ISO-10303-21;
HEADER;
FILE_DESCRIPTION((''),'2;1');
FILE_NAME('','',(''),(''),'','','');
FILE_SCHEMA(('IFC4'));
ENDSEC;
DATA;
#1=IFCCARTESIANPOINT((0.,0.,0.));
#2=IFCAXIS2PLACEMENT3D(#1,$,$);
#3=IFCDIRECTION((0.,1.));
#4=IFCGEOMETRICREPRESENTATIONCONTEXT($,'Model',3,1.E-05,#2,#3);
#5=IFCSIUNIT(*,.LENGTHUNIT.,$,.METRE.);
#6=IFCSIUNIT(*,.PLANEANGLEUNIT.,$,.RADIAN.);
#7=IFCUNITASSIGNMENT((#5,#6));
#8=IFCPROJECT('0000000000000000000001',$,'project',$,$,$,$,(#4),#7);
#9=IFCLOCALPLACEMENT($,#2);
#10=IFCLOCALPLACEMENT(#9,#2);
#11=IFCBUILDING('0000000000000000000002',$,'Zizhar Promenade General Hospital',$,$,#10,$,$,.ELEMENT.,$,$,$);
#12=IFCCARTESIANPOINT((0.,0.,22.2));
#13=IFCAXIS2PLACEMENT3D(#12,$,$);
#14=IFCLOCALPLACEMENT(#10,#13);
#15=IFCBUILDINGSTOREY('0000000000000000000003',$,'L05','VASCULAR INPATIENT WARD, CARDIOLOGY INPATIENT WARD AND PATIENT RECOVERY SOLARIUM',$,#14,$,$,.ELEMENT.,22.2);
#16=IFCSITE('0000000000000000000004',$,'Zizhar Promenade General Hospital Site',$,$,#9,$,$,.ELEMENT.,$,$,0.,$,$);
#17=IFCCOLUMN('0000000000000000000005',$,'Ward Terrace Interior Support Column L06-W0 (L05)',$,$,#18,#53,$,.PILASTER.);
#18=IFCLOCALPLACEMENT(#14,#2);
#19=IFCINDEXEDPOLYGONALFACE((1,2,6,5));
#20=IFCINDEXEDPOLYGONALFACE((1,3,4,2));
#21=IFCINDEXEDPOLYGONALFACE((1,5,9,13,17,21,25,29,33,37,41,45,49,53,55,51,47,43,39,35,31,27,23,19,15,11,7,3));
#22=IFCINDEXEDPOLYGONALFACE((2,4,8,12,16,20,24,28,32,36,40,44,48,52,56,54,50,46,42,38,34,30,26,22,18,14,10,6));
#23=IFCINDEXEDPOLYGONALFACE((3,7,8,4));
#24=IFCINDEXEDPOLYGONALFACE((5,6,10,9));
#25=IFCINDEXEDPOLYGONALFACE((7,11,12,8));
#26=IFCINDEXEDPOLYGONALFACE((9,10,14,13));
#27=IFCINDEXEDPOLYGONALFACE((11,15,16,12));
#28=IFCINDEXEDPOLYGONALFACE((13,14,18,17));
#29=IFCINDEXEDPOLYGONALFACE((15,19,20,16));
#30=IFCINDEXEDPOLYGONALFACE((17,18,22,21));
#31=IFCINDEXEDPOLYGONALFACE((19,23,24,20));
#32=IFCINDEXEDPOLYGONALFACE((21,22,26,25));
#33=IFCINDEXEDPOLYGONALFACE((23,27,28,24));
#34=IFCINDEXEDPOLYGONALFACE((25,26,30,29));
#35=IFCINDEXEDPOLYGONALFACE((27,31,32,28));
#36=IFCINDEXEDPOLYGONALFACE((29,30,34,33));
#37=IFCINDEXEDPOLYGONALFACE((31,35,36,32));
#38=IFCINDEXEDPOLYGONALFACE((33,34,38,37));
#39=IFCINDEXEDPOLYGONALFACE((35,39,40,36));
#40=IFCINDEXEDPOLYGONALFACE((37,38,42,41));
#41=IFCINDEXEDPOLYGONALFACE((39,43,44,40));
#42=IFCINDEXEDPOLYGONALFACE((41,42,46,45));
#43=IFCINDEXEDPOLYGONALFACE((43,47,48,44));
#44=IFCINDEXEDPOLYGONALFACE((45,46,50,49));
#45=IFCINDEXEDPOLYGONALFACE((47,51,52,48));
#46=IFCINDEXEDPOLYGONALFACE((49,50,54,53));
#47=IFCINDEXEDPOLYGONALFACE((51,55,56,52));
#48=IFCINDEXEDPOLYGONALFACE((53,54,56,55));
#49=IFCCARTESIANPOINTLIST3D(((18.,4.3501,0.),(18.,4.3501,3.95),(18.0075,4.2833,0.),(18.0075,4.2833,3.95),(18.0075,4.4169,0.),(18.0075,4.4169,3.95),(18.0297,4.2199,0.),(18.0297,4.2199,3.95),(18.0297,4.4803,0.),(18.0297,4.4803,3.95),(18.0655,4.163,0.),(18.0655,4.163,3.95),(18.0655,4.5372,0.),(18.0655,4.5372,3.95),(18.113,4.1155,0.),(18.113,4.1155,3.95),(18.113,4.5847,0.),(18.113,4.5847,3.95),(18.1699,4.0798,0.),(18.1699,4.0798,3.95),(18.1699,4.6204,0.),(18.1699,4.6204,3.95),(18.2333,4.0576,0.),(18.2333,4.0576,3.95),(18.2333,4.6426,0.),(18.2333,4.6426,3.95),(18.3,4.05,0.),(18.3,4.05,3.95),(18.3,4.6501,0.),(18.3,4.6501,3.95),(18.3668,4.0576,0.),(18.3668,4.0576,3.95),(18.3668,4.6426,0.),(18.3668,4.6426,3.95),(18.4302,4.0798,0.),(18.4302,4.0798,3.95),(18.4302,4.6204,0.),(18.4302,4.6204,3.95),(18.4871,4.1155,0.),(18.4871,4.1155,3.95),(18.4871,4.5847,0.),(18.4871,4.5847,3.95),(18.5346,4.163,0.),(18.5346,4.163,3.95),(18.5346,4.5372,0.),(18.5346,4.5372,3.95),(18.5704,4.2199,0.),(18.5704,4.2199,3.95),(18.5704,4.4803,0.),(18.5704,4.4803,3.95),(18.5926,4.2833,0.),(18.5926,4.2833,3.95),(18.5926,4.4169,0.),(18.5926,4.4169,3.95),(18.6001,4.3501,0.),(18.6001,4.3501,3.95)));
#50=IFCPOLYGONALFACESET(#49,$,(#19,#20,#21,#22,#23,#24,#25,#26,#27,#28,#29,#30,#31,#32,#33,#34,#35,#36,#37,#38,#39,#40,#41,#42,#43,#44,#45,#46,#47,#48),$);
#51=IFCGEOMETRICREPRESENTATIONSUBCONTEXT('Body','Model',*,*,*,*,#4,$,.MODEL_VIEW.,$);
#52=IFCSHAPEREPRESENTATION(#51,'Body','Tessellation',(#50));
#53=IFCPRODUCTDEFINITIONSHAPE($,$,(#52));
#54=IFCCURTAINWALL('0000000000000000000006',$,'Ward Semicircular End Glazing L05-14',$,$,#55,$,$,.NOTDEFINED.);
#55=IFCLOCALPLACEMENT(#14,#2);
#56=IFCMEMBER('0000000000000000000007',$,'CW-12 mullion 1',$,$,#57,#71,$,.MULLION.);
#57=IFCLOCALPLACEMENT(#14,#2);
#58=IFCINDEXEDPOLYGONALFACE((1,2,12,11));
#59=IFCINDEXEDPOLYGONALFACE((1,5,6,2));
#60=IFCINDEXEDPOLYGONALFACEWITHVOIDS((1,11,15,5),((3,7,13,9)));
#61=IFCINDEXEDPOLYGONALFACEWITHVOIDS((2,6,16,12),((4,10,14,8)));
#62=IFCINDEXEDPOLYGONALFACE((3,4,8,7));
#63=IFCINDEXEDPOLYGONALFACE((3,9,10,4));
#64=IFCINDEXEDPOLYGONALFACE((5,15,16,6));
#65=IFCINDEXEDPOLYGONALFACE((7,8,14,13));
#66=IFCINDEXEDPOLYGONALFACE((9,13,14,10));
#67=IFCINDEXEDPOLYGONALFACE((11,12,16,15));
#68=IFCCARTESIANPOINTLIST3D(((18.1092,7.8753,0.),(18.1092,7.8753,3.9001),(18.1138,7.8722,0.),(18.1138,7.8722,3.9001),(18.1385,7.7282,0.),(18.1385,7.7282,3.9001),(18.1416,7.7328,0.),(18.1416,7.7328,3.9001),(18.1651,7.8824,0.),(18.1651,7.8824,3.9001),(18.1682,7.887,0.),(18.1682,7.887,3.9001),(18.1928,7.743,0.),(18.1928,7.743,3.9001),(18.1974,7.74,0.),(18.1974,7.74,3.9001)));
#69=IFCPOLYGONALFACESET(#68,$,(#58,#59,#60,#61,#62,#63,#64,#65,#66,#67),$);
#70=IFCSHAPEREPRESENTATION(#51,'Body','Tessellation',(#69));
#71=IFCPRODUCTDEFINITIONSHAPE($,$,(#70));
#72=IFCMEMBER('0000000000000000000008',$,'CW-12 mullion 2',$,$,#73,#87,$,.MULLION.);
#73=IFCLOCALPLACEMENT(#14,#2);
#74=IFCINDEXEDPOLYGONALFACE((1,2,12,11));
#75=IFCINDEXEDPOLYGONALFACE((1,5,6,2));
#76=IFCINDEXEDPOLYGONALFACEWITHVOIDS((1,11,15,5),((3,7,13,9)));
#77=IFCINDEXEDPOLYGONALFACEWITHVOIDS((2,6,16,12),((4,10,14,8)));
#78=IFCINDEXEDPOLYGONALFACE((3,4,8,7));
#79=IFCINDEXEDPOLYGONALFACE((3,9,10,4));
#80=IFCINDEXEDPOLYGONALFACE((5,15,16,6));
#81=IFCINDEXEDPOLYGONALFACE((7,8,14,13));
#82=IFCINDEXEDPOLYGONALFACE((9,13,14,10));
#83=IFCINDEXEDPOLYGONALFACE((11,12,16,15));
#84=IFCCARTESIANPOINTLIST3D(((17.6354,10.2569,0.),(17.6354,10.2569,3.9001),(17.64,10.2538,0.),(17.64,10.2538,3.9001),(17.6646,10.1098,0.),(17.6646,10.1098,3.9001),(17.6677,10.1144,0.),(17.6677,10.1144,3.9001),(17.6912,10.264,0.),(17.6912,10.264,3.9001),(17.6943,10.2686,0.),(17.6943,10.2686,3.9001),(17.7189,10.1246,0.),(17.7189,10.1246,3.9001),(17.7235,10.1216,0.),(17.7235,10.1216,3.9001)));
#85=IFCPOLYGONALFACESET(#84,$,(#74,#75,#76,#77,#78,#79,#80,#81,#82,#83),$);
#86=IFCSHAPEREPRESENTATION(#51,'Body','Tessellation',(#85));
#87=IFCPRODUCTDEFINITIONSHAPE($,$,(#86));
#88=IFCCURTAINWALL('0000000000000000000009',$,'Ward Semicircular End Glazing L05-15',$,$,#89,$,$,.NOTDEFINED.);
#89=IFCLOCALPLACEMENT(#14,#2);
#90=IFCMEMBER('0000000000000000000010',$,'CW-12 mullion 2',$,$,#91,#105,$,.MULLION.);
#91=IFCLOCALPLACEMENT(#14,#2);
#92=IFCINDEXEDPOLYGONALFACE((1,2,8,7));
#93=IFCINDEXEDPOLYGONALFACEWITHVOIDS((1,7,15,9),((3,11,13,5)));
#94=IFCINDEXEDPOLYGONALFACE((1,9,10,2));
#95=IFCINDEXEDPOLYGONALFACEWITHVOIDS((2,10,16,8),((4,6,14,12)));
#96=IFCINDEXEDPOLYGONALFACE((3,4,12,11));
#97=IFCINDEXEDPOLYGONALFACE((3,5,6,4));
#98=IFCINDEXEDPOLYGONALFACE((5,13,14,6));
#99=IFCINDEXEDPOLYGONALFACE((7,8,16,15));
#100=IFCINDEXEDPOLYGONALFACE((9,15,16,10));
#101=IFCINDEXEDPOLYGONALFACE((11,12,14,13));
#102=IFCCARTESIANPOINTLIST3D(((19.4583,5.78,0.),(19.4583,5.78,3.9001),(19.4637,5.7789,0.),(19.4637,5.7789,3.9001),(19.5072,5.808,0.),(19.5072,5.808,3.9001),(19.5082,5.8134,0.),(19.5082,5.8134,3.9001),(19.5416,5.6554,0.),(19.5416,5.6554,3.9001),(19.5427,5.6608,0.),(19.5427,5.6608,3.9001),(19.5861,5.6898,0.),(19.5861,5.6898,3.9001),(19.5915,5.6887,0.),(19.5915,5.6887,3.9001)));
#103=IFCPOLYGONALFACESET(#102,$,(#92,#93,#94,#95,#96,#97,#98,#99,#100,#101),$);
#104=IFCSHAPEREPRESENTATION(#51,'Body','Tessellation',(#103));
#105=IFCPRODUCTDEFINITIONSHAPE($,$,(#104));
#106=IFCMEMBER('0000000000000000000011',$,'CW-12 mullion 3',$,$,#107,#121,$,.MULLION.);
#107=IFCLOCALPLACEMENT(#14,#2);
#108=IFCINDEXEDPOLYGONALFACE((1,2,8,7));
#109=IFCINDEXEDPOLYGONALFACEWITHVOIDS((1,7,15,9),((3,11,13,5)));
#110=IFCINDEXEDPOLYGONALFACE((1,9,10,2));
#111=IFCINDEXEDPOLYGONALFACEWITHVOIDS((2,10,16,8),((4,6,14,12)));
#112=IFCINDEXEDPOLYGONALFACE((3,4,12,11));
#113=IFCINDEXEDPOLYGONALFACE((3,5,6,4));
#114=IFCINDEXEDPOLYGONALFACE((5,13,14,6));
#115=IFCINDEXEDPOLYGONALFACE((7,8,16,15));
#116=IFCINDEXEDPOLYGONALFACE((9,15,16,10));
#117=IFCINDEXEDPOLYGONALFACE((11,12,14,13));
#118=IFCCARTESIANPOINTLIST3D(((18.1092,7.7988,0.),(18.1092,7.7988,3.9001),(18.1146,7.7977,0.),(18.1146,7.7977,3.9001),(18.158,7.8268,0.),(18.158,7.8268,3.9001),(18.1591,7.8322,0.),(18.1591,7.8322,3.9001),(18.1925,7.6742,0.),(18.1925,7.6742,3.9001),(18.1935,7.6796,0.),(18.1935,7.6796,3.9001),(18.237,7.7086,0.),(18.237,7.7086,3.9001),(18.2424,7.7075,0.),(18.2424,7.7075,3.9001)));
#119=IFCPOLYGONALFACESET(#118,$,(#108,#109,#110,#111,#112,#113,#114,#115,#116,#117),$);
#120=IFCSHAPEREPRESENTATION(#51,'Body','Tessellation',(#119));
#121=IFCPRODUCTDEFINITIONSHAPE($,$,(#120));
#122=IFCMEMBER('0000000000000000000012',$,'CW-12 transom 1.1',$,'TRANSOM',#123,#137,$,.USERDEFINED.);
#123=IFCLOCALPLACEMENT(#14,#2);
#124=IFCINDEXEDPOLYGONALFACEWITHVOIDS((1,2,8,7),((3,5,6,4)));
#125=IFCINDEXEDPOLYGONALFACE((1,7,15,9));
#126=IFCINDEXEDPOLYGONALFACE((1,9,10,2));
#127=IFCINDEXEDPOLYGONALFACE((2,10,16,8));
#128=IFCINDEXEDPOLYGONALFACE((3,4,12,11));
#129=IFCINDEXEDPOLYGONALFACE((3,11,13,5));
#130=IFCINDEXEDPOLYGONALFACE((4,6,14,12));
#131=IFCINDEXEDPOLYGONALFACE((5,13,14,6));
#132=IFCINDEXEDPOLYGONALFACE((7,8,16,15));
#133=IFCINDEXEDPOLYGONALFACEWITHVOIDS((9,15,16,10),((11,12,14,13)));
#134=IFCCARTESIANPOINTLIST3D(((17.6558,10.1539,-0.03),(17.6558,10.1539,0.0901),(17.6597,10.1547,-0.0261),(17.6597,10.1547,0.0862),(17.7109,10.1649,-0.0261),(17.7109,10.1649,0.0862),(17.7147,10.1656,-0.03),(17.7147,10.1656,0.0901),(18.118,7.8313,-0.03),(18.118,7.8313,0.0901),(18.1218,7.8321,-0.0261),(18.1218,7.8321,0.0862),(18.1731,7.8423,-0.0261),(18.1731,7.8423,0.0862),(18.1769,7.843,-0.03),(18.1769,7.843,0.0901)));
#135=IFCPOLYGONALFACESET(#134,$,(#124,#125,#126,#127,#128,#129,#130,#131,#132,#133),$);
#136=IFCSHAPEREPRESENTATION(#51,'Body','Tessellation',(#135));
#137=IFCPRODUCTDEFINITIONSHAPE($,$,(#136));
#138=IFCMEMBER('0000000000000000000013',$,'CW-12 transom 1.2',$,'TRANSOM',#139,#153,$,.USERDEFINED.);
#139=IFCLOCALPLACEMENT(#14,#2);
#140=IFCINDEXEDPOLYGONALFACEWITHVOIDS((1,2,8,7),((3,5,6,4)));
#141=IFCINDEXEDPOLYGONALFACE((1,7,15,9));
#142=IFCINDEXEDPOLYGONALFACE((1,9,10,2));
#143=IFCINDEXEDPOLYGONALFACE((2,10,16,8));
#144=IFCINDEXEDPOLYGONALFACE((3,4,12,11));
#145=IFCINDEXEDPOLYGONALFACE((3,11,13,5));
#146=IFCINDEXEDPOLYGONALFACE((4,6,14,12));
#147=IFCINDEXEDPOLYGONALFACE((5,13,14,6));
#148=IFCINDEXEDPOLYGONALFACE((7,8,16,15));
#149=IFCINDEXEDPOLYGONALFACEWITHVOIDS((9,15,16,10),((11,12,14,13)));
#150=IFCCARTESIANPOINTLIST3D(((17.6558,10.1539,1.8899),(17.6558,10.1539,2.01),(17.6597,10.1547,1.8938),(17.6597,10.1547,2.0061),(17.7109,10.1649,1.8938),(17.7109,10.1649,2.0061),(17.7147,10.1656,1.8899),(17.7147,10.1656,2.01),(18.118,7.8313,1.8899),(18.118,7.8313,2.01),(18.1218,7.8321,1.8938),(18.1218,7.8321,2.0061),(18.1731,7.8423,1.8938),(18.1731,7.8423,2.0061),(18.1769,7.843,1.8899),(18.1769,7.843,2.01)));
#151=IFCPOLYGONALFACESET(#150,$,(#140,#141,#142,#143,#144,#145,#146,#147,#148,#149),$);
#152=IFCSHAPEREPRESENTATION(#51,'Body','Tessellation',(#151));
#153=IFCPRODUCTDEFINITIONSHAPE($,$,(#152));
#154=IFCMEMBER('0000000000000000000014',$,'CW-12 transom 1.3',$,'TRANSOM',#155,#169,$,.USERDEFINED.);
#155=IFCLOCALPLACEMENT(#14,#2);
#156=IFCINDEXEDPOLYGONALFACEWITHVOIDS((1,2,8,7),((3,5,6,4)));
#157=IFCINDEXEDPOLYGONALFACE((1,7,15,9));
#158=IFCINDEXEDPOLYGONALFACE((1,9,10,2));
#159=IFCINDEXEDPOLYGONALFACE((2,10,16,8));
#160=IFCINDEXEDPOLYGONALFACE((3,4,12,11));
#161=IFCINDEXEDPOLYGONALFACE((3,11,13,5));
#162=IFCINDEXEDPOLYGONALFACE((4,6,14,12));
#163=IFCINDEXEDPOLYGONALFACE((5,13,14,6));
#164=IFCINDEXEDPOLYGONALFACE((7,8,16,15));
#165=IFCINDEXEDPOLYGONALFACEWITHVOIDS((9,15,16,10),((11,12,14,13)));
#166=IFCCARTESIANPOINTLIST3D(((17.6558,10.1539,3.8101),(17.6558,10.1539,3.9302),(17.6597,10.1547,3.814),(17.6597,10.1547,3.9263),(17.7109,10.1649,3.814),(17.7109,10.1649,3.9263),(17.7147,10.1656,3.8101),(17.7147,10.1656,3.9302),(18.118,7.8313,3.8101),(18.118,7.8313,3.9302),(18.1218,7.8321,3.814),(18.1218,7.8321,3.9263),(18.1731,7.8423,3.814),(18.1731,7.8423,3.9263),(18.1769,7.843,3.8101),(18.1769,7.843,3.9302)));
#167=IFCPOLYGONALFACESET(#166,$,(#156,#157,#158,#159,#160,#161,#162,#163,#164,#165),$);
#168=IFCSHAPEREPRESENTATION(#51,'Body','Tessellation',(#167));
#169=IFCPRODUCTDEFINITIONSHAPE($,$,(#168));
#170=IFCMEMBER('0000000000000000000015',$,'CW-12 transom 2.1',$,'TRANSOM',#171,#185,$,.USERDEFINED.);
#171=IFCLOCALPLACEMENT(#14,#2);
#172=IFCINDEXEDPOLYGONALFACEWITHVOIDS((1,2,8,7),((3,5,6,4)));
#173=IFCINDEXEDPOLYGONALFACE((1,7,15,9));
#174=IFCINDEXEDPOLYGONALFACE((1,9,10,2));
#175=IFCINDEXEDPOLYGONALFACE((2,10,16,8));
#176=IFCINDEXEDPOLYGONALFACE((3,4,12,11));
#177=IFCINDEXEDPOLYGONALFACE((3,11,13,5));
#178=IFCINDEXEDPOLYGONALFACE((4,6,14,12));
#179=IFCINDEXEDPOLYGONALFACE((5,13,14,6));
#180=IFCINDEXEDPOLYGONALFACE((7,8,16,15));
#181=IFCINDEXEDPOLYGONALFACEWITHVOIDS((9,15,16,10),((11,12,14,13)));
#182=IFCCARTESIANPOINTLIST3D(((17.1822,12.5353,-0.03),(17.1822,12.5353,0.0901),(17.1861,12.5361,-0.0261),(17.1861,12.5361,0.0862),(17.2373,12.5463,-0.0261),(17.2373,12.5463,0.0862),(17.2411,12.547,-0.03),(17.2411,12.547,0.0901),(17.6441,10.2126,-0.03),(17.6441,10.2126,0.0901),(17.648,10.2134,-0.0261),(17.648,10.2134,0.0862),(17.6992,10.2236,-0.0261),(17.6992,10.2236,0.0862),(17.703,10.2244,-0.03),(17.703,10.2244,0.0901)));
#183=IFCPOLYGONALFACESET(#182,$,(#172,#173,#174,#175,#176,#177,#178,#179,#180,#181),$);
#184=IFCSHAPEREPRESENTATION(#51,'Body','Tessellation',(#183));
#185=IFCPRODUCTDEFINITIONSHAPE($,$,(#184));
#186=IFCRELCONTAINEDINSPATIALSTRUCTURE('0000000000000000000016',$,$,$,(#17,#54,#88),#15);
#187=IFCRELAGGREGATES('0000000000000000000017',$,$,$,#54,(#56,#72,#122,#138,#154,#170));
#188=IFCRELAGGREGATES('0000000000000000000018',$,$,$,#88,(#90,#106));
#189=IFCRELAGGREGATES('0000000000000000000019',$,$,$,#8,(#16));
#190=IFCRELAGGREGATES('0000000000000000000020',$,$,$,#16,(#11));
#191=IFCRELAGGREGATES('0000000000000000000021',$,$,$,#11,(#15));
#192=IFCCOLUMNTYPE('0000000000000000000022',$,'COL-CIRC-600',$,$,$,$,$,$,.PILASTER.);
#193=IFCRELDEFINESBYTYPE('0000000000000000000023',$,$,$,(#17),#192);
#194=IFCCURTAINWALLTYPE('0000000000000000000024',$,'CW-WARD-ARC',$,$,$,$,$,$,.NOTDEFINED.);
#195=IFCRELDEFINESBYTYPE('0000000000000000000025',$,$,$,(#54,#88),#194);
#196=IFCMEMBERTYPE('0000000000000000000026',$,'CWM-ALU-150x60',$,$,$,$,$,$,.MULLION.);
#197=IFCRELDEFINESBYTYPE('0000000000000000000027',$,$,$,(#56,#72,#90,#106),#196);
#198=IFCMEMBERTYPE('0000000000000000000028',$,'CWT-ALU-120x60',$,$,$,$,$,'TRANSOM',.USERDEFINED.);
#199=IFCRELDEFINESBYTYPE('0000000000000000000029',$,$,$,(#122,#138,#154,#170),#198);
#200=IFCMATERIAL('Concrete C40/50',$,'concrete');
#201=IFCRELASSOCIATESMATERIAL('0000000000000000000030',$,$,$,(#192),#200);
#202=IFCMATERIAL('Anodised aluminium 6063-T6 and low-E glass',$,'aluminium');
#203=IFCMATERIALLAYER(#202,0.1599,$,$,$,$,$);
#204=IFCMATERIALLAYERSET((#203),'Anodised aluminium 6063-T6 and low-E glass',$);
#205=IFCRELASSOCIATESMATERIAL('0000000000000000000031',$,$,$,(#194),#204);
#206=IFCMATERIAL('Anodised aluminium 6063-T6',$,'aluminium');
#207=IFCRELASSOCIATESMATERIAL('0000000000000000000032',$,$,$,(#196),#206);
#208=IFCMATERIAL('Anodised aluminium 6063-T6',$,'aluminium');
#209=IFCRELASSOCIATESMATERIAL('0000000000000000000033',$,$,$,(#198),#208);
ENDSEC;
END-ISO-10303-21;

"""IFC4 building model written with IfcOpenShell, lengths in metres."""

from ifc_helpers import new_model, si_unit, direction, frame, origin, origin_2d, place, context, subcontext, project, spatial, hollow_rectangle, circle, extrude, material, layer, layer_set, material_profile, profile_set, type_object, element, aggregate, save


model = new_model("IFC4")

# Units and contexts
model_context = context("Model", 3, precision=1e-05, world=origin(), true_north=direction((0.0, 1.0)))
body_context = subcontext(model_context, "Body", "Model", "MODEL_VIEW")
ifc_project = project(units=[si_unit("LENGTHUNIT", "METRE"), si_unit("PLANEANGLEUNIT", "RADIAN")], contexts=[model_context])

# Site, building, storey
site_placement = place(None, origin())
site = spatial("IfcSite", under=ifc_project, at=site_placement, Name="Zizhar Promenade General Hospital Site", CompositionType="ELEMENT", RefElevation=0.0)
building_placement = place(site_placement, origin())
building = spatial("IfcBuilding", under=site, at=building_placement, Name="Zizhar Promenade General Hospital", CompositionType="ELEMENT")
storey_placement = place(building_placement, frame((0.0, 0.0, 22.2)))
storey = spatial("IfcBuildingStorey", under=building, at=storey_placement, Name="L05", Description="VASCULAR INPATIENT WARD, CARDIOLOGY INPATIENT WARD AND PATIENT RECOVERY SOLARIUM", CompositionType="ELEMENT", Elevation=22.2)

# Column
ifc_material_1 = material(Name="Concrete C40/50", Category="concrete")
ifc_material_profile_1 = material_profile(ifc_material_1, circle(Radius=0.3, at=origin_2d()))
ifc_profile_set_1 = profile_set([ifc_material_profile_1], Name="Concrete C40/50")
column_type = type_object("IfcColumnType", Name="COL-CIRC-600", PredefinedType="PILASTER", material=ifc_profile_set_1)
column_placement = place(storey_placement, frame((18.3, 4.3501, 0.0), z_axis=(0.0, 0.0, 1.0), x_axis=(1.0, 0.0, 0.0)))
element("IfcColumn", 1, at=column_placement, inside=storey, type_object=column_type, Name="Ward Terrace Interior Support Column L06-W0 (L05)", PredefinedType="PILASTER", context=body_context, shape_type="SweptSolid", body=[
    extrude(circle(Radius=0.3, at=origin_2d()), origin(), (0.0, 0.0, 1.0), 3.95),
])

# Curtain walls, members
ifc_material_2 = material(Name="Anodised aluminium 6063-T6 and low-E glass", Category="aluminium")
ifc_layer_1 = layer(ifc_material_2, 0.1599)
ifc_layer_set_1 = layer_set([ifc_layer_1], Name="Anodised aluminium 6063-T6 and low-E glass")
curtain_wall_type = type_object("IfcCurtainWallType", Name="CW-WARD-ARC", PredefinedType="NOTDEFINED", material=ifc_layer_set_1)
curtain_wall_1_placement = place(storey_placement, origin())
curtain_wall_1 = element("IfcCurtainWall", 2, at=curtain_wall_1_placement, inside=storey, type_object=curtain_wall_type, Name="Ward Semicircular End Glazing L05-14", PredefinedType="NOTDEFINED")
ifc_material_3 = material(Name="Anodised aluminium 6063-T6", Category="aluminium")
ifc_material_profile_2 = material_profile(ifc_material_3, hollow_rectangle(XDim=0.0601, YDim=0.1499, WallThickness=0.0039, at=origin_2d()))
ifc_profile_set_2 = profile_set([ifc_material_profile_2], Name="Anodised aluminium 6063-T6")
member_type_1 = type_object("IfcMemberType", Name="CWM-ALU-150x60", PredefinedType="MULLION", material=ifc_profile_set_2)
member_1_placement = place(storey_placement, frame((18.1533, 7.8076, 0.0), z_axis=(0.0, 0.0, 1.0), x_axis=(-0.980786, -0.195087, 0.0)))
member_1 = element("IfcMember", 3, at=member_1_placement, type_object=member_type_1, Name="CW-12 mullion 1", PredefinedType="MULLION", context=body_context, shape_type="SweptSolid", body=[
    extrude(hollow_rectangle(XDim=0.0601, YDim=0.1499, WallThickness=0.0039, at=origin_2d()), origin(), (0.0, 0.0, 1.0), 3.9001),
])
member_2_placement = place(storey_placement, frame((17.6794, 10.1892, 0.0), z_axis=(0.0, 0.0, 1.0), x_axis=(-0.980786, -0.195087, 0.0)))
member_2 = element("IfcMember", 4, at=member_2_placement, type_object=member_type_1, Name="CW-12 mullion 2", PredefinedType="MULLION", context=body_context, shape_type="SweptSolid", body=[
    extrude(hollow_rectangle(XDim=0.0601, YDim=0.1499, WallThickness=0.0039, at=origin_2d()), origin(), (0.0, 0.0, 1.0), 3.9001),
])
curtain_wall_2_placement = place(storey_placement, origin())
curtain_wall_2 = element("IfcCurtainWall", 5, at=curtain_wall_2_placement, inside=storey, type_object=curtain_wall_type, Name="Ward Semicircular End Glazing L05-15", PredefinedType="NOTDEFINED")
member_3_placement = place(storey_placement, frame((19.5249, 5.7344, 0.0), z_axis=(0.0, 0.0, 1.0), x_axis=(-0.831462, -0.555582, 0.0)))
member_3 = element("IfcMember", 6, at=member_3_placement, type_object=member_type_1, Name="CW-12 mullion 2", PredefinedType="MULLION", context=body_context, shape_type="SweptSolid", body=[
    extrude(hollow_rectangle(XDim=0.0601, YDim=0.1499, WallThickness=0.0039, at=origin_2d()), origin(), (0.0, 0.0, 1.0), 3.9001),
])
member_4_placement = place(storey_placement, frame((18.1758, 7.7532, 0.0), z_axis=(0.0, 0.0, 1.0), x_axis=(-0.831462, -0.555582, 0.0)))
member_4 = element("IfcMember", 7, at=member_4_placement, type_object=member_type_1, Name="CW-12 mullion 3", PredefinedType="MULLION", context=body_context, shape_type="SweptSolid", body=[
    extrude(hollow_rectangle(XDim=0.0601, YDim=0.1499, WallThickness=0.0039, at=origin_2d()), origin(), (0.0, 0.0, 1.0), 3.9001),
])

# Members
ifc_material_4 = material(Name="Anodised aluminium 6063-T6", Category="aluminium")
ifc_material_profile_3 = material_profile(ifc_material_4, hollow_rectangle(XDim=0.0601, YDim=0.1201, WallThickness=0.0039, at=origin_2d()))
ifc_profile_set_3 = profile_set([ifc_material_profile_3], Name="Anodised aluminium 6063-T6")
member_type_2 = type_object("IfcMemberType", Name="CWT-ALU-120x60", ElementType="TRANSOM", PredefinedType="USERDEFINED", material=ifc_profile_set_3)
member_5_placement = place(storey_placement, frame((18.1475, 7.8372, 0.03), z_axis=(-0.195164, 0.980771, 0.0), x_axis=(-0.980771, -0.195164, 0.0)))
member_5 = element("IfcMember", 8, at=member_5_placement, type_object=member_type_2, Name="CW-12 transom 1.1", ObjectType="TRANSOM", PredefinedType="USERDEFINED", context=body_context, shape_type="SweptSolid", body=[
    extrude(hollow_rectangle(XDim=0.0601, YDim=0.1201, WallThickness=0.0039, at=origin_2d()), origin(), (0.0, 0.0, 1.0), 2.3682),
])
member_6_placement = place(storey_placement, frame((18.1475, 7.8372, 1.95), z_axis=(-0.195164, 0.980771, 0.0), x_axis=(-0.980771, -0.195164, 0.0)))
member_6 = element("IfcMember", 9, at=member_6_placement, type_object=member_type_2, Name="CW-12 transom 1.2", ObjectType="TRANSOM", PredefinedType="USERDEFINED", context=body_context, shape_type="SweptSolid", body=[
    extrude(hollow_rectangle(XDim=0.0601, YDim=0.1201, WallThickness=0.0039, at=origin_2d()), origin(), (0.0, 0.0, 1.0), 2.3682),
])
member_7_placement = place(storey_placement, frame((18.1475, 7.8372, 3.8701), z_axis=(-0.195164, 0.980771, 0.0), x_axis=(-0.980771, -0.195164, 0.0)))
member_7 = element("IfcMember", 10, at=member_7_placement, type_object=member_type_2, Name="CW-12 transom 1.3", ObjectType="TRANSOM", PredefinedType="USERDEFINED", context=body_context, shape_type="SweptSolid", body=[
    extrude(hollow_rectangle(XDim=0.0601, YDim=0.1201, WallThickness=0.0039, at=origin_2d()), origin(), (0.0, 0.0, 1.0), 2.3682),
])
member_8_placement = place(storey_placement, frame((17.6736, 10.2185, 0.03), z_axis=(-0.195045, 0.980794, 0.0), x_axis=(-0.980794, -0.195045, 0.0)))
member_8 = element("IfcMember", 11, at=member_8_placement, type_object=member_type_2, Name="CW-12 transom 2.1", ObjectType="TRANSOM", PredefinedType="USERDEFINED", context=body_context, shape_type="SweptSolid", body=[
    extrude(hollow_rectangle(XDim=0.0601, YDim=0.1201, WallThickness=0.0039, at=origin_2d()), origin(), (0.0, 0.0, 1.0), 2.3682),
])

aggregate(curtain_wall_1, [member_1, member_2, member_5, member_6, member_7, member_8])
aggregate(curtain_wall_2, [member_3, member_4])

save(model, "model.ifc")
